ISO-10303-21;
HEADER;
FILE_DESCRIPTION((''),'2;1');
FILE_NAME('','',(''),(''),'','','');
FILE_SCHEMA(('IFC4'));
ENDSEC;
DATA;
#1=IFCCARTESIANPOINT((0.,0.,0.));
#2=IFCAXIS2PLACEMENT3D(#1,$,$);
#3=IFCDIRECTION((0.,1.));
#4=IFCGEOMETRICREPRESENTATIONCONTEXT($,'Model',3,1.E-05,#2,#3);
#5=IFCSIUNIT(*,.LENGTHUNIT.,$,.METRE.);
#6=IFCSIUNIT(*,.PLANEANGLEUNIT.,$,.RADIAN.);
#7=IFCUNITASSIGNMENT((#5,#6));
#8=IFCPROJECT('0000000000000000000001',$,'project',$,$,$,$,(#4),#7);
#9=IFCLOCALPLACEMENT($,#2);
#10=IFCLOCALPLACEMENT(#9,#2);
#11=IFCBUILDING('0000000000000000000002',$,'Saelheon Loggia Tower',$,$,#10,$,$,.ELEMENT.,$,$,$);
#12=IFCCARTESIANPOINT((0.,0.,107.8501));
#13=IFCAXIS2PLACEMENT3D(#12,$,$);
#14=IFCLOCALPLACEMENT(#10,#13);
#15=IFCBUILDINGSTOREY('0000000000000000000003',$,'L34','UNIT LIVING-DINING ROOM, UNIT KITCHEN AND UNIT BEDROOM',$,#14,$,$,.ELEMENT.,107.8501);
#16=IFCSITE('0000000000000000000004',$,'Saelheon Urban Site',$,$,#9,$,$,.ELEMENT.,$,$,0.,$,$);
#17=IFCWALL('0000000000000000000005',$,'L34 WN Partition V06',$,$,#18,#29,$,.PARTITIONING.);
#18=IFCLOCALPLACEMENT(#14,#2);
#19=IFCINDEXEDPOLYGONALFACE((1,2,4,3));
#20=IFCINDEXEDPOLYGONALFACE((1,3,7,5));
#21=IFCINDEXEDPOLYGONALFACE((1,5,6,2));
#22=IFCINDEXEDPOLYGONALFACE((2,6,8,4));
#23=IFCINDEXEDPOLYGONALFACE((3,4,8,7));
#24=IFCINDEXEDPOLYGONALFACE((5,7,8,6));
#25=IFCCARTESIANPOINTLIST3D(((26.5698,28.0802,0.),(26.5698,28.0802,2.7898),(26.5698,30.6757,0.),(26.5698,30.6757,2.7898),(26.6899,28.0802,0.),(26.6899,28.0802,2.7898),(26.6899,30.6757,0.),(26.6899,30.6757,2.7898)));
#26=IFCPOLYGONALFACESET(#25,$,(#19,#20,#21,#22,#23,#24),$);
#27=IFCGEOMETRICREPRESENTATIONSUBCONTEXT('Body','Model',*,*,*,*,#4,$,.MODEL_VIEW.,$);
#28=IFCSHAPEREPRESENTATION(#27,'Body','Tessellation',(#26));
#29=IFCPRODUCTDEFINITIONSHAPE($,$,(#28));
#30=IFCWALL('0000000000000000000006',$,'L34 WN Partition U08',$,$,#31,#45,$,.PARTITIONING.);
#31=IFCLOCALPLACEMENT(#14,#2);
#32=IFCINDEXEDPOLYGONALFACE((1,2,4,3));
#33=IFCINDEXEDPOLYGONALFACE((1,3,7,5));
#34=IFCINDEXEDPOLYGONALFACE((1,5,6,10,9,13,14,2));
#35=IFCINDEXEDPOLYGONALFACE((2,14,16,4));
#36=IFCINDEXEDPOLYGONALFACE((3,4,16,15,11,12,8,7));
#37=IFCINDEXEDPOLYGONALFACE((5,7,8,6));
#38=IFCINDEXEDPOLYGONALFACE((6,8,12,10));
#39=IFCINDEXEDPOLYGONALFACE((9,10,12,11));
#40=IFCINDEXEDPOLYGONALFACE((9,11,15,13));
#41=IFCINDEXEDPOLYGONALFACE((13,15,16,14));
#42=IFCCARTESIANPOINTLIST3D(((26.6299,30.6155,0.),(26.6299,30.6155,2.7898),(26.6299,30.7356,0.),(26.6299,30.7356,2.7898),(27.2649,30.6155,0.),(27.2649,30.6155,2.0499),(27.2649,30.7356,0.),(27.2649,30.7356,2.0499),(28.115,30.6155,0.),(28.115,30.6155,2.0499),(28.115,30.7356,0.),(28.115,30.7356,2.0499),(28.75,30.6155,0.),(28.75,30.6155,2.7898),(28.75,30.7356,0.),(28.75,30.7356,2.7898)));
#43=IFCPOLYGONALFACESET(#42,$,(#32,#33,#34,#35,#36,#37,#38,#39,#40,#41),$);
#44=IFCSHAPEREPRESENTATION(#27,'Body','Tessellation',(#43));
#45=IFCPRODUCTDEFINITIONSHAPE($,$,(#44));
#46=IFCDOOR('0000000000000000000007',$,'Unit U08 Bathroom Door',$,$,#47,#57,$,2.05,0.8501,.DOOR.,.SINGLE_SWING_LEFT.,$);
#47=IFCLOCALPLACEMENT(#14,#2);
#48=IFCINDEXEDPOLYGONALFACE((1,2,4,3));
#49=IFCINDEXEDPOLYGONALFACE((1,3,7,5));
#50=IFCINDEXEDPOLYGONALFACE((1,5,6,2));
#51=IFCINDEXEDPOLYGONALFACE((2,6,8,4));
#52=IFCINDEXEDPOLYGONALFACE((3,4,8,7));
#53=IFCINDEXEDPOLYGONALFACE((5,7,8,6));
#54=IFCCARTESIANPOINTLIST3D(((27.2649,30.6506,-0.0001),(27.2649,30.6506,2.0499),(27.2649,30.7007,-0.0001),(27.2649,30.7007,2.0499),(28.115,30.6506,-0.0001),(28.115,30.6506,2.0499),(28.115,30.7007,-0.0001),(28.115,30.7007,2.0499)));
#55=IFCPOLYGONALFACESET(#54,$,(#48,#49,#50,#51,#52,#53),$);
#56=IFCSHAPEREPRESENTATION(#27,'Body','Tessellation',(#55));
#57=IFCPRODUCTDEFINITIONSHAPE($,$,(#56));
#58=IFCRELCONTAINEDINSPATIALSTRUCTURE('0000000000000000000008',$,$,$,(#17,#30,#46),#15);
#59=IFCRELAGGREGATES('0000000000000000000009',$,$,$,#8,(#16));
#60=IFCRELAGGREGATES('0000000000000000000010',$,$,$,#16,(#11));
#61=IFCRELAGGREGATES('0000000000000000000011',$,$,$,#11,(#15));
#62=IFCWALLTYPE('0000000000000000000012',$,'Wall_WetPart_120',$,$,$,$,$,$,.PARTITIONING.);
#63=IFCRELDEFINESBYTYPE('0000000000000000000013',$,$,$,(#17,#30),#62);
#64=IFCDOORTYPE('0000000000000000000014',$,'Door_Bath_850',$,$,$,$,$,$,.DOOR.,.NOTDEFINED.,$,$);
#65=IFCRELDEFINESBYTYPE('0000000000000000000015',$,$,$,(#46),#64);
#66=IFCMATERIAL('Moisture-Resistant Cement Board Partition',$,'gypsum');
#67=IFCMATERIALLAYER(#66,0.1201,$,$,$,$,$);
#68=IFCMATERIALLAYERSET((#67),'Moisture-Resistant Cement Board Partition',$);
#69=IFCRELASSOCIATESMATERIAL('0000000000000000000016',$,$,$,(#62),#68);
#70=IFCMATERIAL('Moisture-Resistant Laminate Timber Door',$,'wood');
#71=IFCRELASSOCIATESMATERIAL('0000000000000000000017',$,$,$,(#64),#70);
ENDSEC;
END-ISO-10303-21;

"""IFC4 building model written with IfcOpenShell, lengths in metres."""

from ifc_helpers import new_model, si_unit, direction, frame, frame_2d, origin, place, context, subcontext, project, spatial, rectangle, extrude, source, transform, mapped, material, layer, layer_set, type_object, element, fill, save


model = new_model("IFC4")

# Units and contexts
model_context = context("Model", 3, precision=1e-05, world=origin(), true_north=direction((0.0, 1.0)))
body_context = subcontext(model_context, "Body", "Model", "MODEL_VIEW")
ifc_project = project(units=[si_unit("LENGTHUNIT", "METRE"), si_unit("PLANEANGLEUNIT", "RADIAN")], contexts=[model_context])

# Site, building, storey
site_placement = place(None, origin())
site = spatial("IfcSite", under=ifc_project, at=site_placement, Name="Saelheon Urban Site", CompositionType="ELEMENT", RefElevation=0.0)
building_placement = place(site_placement, origin())
building = spatial("IfcBuilding", under=site, at=building_placement, Name="Saelheon Loggia Tower", CompositionType="ELEMENT")
storey_placement = place(building_placement, frame((0.0, 0.0, 107.8501)))
storey = spatial("IfcBuildingStorey", under=building, at=storey_placement, Name="L34", Description="UNIT LIVING-DINING ROOM, UNIT KITCHEN AND UNIT BEDROOM", CompositionType="ELEMENT", Elevation=107.8501)

# Wall
ifc_material_1 = material(Name="Moisture-Resistant Cement Board Partition", Category="gypsum")
ifc_layer_1 = layer(ifc_material_1, 0.1201)
ifc_layer_set_1 = layer_set([ifc_layer_1], Name="Moisture-Resistant Cement Board Partition")
wall_type_1 = type_object("IfcWallType", Name="Wall_WetPart_120", PredefinedType="PARTITIONING", material=ifc_layer_set_1)
wall_1_placement = place(storey_placement, frame((26.6299, 28.0801, 0.0), z_axis=(0.0, 0.0, 1.0), x_axis=(0.0, 1.0, 0.0)))
element("IfcWall", 1, at=wall_1_placement, inside=storey, type_object=wall_type_1, Name="L34 WN Partition V06", PredefinedType="PARTITIONING", context=body_context, shape_type="SweptSolid", body=[
    extrude(rectangle(XDim=2.5955, YDim=0.1201, at=frame_2d((1.2979, 0.0))), origin(), (0.0, 0.0, 1.0), 2.7898),
])

# Wall, opening, door
wall_2_placement = place(storey_placement, frame((28.75, 30.6755, 0.0), z_axis=(0.0, 0.0, 1.0), x_axis=(-1.0, 0.0, 0.0)))
wall_2 = element("IfcWall", 2, at=wall_2_placement, inside=storey, type_object=wall_type_1, Name="L34 WN Partition U08", PredefinedType="PARTITIONING", context=body_context, shape_type="SweptSolid", body=[
    extrude(rectangle(XDim=2.1201, YDim=0.1201, at=frame_2d((1.0601, 0.0))), origin(), (0.0, 0.0, 1.0), 2.7898),
])
opening_1_placement = place(wall_2_placement, frame((0.635, 0.0, 0.0)))
opening_1 = element("IfcOpeningElement", 3, at=opening_1_placement, cuts=wall_2, PredefinedType="OPENING", context=body_context, shape_type="SweptSolid", body=[
    extrude(rectangle(XDim=0.8501, YDim=2.05, at=frame_2d((0.425, 1.0249))), frame((0.0, 0.072, 0.0), z_axis=(0.0, -1.0, 0.0), x_axis=(1.0, 0.0, 0.0)), (0.0, 0.0, 1.0), 0.144),
])
ifc_material_2 = material(Name="Moisture-Resistant Laminate Timber Door", Category="wood")
door_type_1 = type_object("IfcDoorType", Name="Door_Bath_850", OperationType="NOTDEFINED", PredefinedType="DOOR", material=ifc_material_2)
shared_shape_1 = source(origin(), body_context, "Body", "SweptSolid", [
    extrude(rectangle(XDim=0.8501, YDim=2.05, at=frame_2d((0.425, 1.0249))), frame((0.0, 0.0249, 0.0), z_axis=(0.0, -1.0, 0.0), x_axis=(1.0, 0.0, 0.0)), (0.0, 0.0, 1.0), 0.05),
])
door_1_placement = place(opening_1_placement, origin())
door_1 = element("IfcDoor", 4, at=door_1_placement, inside=storey, type_object=door_type_1, Name="Unit U08 Bathroom Door", OperationType="SINGLE_SWING_LEFT", OverallHeight=2.05, OverallWidth=0.8501, PredefinedType="DOOR", context=body_context, shape_type="MappedRepresentation", body=[
    mapped(shared_shape_1, transform((0.0, 0.0, 0.0), scale=1.0)),
])
fill(opening_1, door_1)

save(model, "model.ifc")
